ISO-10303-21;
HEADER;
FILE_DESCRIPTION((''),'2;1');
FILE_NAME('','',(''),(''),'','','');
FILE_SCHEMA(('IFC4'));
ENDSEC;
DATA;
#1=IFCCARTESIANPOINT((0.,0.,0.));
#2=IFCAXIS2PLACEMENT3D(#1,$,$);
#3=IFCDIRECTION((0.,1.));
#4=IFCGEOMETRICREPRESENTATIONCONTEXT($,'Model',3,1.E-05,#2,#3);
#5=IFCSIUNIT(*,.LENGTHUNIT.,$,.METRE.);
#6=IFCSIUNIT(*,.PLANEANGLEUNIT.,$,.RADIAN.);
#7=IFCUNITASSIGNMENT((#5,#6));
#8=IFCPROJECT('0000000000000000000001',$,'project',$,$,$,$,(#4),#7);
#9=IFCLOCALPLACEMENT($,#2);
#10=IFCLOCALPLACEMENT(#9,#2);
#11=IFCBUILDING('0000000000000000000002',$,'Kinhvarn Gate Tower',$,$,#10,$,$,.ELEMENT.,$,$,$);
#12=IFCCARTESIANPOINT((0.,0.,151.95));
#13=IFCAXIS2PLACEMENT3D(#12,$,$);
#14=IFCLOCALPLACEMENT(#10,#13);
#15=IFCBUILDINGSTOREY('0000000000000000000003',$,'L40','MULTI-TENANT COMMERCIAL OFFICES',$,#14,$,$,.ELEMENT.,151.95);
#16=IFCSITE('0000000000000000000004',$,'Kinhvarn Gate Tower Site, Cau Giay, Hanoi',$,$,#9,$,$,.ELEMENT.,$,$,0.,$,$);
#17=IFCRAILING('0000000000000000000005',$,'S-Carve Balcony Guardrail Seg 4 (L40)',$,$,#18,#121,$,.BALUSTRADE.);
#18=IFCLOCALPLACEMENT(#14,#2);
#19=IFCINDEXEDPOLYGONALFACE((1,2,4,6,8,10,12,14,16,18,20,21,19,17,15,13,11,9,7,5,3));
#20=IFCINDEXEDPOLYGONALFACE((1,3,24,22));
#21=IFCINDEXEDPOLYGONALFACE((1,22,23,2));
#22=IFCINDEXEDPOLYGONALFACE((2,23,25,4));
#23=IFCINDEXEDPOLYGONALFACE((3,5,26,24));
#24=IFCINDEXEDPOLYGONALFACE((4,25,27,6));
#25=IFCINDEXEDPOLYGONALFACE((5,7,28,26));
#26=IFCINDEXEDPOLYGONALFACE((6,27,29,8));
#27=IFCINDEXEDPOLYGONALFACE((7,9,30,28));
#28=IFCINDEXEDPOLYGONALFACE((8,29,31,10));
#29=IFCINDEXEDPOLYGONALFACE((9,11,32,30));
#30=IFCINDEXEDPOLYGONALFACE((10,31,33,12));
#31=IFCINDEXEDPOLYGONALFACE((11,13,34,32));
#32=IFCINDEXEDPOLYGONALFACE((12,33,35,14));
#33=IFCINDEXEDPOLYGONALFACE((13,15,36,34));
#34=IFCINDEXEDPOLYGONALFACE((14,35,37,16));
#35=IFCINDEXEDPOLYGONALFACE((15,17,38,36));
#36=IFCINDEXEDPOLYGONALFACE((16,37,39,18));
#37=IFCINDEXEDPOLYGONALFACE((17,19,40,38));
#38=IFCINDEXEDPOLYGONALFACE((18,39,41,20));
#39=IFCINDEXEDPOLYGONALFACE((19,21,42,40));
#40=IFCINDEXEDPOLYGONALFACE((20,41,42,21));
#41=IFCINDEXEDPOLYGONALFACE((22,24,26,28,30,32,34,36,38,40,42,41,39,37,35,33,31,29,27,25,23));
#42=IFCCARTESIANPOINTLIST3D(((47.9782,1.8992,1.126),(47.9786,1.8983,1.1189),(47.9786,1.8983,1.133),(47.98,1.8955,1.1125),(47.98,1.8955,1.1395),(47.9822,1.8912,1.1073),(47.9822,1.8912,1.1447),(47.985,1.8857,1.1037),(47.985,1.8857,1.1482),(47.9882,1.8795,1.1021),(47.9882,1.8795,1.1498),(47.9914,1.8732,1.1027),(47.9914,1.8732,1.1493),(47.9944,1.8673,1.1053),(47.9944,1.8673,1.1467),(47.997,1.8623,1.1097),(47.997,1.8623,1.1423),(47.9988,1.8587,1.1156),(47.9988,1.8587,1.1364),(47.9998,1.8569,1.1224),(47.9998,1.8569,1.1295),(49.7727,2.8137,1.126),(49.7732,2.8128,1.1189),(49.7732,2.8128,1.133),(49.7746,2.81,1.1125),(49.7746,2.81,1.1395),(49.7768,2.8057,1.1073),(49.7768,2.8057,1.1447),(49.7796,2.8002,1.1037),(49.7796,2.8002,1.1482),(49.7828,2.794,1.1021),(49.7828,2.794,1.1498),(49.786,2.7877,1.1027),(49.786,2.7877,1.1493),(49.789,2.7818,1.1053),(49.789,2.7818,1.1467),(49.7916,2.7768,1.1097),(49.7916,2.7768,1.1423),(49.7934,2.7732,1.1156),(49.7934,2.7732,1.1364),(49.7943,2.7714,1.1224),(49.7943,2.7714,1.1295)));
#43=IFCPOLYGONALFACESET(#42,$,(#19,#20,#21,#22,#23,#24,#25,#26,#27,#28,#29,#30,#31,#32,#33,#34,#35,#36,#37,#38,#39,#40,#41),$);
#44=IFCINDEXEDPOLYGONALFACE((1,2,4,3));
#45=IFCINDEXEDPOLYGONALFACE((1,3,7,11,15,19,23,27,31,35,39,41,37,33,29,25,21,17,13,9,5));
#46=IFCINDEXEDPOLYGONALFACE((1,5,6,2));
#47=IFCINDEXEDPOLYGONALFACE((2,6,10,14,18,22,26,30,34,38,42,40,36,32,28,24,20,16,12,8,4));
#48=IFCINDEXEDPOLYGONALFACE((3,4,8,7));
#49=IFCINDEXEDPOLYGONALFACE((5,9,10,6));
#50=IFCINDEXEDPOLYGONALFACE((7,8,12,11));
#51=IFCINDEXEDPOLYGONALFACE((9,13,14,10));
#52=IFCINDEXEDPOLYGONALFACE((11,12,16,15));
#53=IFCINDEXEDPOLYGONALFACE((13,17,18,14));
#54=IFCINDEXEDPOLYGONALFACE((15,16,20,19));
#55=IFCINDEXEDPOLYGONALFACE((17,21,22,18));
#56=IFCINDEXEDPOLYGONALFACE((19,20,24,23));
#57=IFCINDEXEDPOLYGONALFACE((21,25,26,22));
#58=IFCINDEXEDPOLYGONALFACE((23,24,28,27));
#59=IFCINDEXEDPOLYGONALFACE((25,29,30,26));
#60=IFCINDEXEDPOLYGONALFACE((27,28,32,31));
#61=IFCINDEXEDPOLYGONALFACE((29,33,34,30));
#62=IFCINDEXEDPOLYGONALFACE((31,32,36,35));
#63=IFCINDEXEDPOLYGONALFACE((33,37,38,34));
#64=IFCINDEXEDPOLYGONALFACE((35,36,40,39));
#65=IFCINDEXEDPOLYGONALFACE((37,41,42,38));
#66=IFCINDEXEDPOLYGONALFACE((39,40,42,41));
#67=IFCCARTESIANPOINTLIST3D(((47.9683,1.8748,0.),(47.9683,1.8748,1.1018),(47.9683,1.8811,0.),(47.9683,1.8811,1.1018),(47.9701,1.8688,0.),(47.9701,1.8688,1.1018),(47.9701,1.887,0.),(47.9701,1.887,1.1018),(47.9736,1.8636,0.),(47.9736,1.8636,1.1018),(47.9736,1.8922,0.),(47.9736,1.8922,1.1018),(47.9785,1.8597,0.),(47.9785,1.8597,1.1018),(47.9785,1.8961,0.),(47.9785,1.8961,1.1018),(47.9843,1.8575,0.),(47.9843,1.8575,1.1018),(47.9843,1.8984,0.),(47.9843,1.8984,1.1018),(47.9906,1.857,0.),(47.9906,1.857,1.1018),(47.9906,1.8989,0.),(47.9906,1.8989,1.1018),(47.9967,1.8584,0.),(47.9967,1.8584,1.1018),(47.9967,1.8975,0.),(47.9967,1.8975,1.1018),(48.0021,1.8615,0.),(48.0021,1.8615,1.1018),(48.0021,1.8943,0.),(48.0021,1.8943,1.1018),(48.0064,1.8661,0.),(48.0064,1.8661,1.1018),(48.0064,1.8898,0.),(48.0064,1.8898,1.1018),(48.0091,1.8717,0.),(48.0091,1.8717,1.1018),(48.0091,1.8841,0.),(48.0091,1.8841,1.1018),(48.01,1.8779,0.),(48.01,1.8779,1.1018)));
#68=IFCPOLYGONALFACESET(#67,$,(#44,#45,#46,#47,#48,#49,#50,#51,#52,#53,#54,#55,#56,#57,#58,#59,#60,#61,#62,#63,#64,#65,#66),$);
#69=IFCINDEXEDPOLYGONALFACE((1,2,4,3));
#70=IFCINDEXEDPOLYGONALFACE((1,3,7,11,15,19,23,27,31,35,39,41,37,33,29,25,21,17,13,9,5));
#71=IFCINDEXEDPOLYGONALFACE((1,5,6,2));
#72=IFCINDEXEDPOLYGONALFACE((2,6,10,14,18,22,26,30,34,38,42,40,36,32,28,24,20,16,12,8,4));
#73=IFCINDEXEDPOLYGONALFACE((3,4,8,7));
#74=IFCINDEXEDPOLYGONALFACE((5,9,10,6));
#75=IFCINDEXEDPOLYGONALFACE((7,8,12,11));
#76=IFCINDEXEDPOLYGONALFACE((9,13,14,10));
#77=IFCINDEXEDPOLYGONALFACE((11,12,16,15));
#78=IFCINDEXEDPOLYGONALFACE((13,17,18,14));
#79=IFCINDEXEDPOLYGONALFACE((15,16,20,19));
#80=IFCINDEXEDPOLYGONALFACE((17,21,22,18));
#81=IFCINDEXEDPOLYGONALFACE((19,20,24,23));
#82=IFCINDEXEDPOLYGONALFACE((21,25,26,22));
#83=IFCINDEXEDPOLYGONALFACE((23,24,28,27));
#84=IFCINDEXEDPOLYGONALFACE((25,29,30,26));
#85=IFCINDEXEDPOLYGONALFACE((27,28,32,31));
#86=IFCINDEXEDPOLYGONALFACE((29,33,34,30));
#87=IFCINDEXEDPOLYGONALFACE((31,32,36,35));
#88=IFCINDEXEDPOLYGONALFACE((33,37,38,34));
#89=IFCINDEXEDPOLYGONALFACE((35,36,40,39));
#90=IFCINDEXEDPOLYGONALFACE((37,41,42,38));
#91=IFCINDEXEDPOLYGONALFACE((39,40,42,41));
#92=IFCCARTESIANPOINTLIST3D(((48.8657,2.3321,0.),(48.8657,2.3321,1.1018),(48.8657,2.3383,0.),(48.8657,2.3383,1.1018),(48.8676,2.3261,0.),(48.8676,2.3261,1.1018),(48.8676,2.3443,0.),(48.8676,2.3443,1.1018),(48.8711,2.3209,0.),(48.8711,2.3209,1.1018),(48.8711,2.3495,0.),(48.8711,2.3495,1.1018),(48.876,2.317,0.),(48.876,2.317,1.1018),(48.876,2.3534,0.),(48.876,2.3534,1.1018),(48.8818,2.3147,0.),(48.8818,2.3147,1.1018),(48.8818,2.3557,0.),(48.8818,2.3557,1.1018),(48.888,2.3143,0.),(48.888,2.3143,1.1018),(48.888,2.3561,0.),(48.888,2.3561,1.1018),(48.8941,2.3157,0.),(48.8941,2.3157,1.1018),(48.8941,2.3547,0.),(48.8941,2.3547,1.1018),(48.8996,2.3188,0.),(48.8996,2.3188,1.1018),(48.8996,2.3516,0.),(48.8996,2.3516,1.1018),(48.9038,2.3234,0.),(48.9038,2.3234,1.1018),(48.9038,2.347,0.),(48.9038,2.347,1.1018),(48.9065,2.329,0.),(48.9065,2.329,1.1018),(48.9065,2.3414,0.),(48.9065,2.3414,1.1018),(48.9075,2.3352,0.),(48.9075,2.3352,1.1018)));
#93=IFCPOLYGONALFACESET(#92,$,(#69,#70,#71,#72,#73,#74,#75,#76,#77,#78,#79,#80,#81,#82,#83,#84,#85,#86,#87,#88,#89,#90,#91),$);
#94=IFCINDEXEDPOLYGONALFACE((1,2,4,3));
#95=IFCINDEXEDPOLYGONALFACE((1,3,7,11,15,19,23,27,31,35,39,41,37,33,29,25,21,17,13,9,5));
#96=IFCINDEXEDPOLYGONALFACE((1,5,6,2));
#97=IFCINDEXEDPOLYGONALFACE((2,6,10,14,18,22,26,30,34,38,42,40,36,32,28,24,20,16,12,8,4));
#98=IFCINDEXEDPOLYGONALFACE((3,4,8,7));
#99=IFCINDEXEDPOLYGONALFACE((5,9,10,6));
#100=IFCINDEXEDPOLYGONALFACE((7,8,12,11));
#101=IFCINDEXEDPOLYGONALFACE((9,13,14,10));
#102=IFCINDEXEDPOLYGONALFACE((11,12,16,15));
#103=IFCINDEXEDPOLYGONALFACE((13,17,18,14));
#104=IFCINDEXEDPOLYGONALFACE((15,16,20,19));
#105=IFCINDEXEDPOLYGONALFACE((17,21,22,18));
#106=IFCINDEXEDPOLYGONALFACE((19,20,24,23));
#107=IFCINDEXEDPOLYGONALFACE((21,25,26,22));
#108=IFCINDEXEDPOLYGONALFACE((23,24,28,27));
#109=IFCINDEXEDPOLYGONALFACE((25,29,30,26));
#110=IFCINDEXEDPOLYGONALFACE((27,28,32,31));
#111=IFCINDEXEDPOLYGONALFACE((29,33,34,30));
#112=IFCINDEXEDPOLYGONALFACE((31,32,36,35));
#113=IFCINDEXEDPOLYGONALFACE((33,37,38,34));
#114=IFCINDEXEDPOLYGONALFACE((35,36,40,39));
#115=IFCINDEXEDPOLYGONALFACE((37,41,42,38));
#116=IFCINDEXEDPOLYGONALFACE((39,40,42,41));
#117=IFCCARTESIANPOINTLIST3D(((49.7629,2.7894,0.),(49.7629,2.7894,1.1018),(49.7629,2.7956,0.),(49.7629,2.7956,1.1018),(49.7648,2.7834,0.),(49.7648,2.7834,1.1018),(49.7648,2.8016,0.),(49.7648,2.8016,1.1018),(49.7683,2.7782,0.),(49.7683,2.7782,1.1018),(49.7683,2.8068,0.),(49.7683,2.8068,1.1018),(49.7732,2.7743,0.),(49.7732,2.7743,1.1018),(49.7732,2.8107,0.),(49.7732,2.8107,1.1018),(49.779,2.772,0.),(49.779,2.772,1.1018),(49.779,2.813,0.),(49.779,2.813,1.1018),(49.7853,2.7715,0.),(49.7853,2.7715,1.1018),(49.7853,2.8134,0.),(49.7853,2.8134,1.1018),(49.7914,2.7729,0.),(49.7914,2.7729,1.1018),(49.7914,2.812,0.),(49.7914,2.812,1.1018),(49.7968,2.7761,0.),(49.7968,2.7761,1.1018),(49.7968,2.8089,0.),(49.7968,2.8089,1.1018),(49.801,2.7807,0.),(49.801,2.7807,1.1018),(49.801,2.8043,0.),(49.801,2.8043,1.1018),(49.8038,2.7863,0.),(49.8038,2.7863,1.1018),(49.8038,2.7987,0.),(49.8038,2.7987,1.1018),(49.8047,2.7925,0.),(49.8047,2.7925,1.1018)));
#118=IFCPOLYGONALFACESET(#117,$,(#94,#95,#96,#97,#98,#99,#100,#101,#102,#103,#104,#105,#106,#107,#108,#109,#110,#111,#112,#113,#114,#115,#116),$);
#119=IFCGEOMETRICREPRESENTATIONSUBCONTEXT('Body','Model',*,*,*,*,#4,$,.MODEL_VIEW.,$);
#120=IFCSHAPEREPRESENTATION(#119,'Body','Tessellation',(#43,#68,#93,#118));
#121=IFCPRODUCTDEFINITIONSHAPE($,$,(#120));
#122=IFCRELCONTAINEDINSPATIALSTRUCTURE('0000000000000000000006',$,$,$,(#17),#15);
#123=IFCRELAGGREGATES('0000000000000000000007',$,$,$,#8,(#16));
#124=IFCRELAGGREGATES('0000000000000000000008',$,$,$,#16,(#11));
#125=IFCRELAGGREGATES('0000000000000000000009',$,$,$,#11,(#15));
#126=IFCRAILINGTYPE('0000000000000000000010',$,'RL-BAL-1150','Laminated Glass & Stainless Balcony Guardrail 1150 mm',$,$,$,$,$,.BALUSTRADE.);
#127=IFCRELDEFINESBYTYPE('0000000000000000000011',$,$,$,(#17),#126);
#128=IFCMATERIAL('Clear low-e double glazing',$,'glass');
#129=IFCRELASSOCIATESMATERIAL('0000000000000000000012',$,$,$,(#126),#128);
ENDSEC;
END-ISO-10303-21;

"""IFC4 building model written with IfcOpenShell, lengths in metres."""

from ifc_helpers import new_model, si_unit, direction, frame, origin, origin_2d, place, context, subcontext, project, spatial, circle, extrude, material, type_object, element, save


model = new_model("IFC4")

# Units and contexts
model_context = context("Model", 3, precision=1e-05, world=origin(), true_north=direction((0.0, 1.0)))
body_context = subcontext(model_context, "Body", "Model", "MODEL_VIEW")
ifc_project = project(units=[si_unit("LENGTHUNIT", "METRE"), si_unit("PLANEANGLEUNIT", "RADIAN")], contexts=[model_context])

# Site, building, storey
site_placement = place(None, origin())
site = spatial("IfcSite", under=ifc_project, at=site_placement, Name="Kinhvarn Gate Tower Site, Cau Giay, Hanoi", CompositionType="ELEMENT", RefElevation=0.0)
building_placement = place(site_placement, origin())
building = spatial("IfcBuilding", under=site, at=building_placement, Name="Kinhvarn Gate Tower", CompositionType="ELEMENT")
storey_placement = place(building_placement, frame((0.0, 0.0, 151.95)))
storey = spatial("IfcBuildingStorey", under=building, at=storey_placement, Name="L40", Description="MULTI-TENANT COMMERCIAL OFFICES", CompositionType="ELEMENT", Elevation=151.95)

# Shared definitions
ifc_material_1 = material(Name="Clear low-e double glazing", Category="glass")

# Railing
railing_type = type_object("IfcRailingType", Name="RL-BAL-1150", Description="Laminated Glass & Stainless Balcony Guardrail 1150 mm", PredefinedType="BALUSTRADE", material=ifc_material_1)
railing_1_placement = place(storey_placement, frame((47.989, 1.8779, 0.0)))
element("IfcRailing", 1, at=railing_1_placement, inside=storey, type_object=railing_type, Name="S-Carve Balcony Guardrail Seg 4 (L40)", PredefinedType="BALUSTRADE", context=body_context, shape_type="SweptSolid", body=[
    extrude(circle(Radius=0.0239, at=origin_2d()), frame((0.0, 0.0, 1.126), z_axis=(0.890983, 0.454037, 0.0), x_axis=(-0.454037, 0.890983, 0.0)), (0.0, 0.0, 1.0), 2.0142),
    extrude(circle(Radius=0.021, at=origin_2d()), origin(), (0.0, 0.0, 1.0), 1.1018),
    extrude(circle(Radius=0.021, at=origin_2d()), frame((0.8975, 0.4573, 0.0)), (0.0, 0.0, 1.0), 1.1018),
    extrude(circle(Radius=0.021, at=origin_2d()), frame((1.7947, 0.9146, 0.0)), (0.0, 0.0, 1.0), 1.1018),
])

save(model, "model.ifc")
